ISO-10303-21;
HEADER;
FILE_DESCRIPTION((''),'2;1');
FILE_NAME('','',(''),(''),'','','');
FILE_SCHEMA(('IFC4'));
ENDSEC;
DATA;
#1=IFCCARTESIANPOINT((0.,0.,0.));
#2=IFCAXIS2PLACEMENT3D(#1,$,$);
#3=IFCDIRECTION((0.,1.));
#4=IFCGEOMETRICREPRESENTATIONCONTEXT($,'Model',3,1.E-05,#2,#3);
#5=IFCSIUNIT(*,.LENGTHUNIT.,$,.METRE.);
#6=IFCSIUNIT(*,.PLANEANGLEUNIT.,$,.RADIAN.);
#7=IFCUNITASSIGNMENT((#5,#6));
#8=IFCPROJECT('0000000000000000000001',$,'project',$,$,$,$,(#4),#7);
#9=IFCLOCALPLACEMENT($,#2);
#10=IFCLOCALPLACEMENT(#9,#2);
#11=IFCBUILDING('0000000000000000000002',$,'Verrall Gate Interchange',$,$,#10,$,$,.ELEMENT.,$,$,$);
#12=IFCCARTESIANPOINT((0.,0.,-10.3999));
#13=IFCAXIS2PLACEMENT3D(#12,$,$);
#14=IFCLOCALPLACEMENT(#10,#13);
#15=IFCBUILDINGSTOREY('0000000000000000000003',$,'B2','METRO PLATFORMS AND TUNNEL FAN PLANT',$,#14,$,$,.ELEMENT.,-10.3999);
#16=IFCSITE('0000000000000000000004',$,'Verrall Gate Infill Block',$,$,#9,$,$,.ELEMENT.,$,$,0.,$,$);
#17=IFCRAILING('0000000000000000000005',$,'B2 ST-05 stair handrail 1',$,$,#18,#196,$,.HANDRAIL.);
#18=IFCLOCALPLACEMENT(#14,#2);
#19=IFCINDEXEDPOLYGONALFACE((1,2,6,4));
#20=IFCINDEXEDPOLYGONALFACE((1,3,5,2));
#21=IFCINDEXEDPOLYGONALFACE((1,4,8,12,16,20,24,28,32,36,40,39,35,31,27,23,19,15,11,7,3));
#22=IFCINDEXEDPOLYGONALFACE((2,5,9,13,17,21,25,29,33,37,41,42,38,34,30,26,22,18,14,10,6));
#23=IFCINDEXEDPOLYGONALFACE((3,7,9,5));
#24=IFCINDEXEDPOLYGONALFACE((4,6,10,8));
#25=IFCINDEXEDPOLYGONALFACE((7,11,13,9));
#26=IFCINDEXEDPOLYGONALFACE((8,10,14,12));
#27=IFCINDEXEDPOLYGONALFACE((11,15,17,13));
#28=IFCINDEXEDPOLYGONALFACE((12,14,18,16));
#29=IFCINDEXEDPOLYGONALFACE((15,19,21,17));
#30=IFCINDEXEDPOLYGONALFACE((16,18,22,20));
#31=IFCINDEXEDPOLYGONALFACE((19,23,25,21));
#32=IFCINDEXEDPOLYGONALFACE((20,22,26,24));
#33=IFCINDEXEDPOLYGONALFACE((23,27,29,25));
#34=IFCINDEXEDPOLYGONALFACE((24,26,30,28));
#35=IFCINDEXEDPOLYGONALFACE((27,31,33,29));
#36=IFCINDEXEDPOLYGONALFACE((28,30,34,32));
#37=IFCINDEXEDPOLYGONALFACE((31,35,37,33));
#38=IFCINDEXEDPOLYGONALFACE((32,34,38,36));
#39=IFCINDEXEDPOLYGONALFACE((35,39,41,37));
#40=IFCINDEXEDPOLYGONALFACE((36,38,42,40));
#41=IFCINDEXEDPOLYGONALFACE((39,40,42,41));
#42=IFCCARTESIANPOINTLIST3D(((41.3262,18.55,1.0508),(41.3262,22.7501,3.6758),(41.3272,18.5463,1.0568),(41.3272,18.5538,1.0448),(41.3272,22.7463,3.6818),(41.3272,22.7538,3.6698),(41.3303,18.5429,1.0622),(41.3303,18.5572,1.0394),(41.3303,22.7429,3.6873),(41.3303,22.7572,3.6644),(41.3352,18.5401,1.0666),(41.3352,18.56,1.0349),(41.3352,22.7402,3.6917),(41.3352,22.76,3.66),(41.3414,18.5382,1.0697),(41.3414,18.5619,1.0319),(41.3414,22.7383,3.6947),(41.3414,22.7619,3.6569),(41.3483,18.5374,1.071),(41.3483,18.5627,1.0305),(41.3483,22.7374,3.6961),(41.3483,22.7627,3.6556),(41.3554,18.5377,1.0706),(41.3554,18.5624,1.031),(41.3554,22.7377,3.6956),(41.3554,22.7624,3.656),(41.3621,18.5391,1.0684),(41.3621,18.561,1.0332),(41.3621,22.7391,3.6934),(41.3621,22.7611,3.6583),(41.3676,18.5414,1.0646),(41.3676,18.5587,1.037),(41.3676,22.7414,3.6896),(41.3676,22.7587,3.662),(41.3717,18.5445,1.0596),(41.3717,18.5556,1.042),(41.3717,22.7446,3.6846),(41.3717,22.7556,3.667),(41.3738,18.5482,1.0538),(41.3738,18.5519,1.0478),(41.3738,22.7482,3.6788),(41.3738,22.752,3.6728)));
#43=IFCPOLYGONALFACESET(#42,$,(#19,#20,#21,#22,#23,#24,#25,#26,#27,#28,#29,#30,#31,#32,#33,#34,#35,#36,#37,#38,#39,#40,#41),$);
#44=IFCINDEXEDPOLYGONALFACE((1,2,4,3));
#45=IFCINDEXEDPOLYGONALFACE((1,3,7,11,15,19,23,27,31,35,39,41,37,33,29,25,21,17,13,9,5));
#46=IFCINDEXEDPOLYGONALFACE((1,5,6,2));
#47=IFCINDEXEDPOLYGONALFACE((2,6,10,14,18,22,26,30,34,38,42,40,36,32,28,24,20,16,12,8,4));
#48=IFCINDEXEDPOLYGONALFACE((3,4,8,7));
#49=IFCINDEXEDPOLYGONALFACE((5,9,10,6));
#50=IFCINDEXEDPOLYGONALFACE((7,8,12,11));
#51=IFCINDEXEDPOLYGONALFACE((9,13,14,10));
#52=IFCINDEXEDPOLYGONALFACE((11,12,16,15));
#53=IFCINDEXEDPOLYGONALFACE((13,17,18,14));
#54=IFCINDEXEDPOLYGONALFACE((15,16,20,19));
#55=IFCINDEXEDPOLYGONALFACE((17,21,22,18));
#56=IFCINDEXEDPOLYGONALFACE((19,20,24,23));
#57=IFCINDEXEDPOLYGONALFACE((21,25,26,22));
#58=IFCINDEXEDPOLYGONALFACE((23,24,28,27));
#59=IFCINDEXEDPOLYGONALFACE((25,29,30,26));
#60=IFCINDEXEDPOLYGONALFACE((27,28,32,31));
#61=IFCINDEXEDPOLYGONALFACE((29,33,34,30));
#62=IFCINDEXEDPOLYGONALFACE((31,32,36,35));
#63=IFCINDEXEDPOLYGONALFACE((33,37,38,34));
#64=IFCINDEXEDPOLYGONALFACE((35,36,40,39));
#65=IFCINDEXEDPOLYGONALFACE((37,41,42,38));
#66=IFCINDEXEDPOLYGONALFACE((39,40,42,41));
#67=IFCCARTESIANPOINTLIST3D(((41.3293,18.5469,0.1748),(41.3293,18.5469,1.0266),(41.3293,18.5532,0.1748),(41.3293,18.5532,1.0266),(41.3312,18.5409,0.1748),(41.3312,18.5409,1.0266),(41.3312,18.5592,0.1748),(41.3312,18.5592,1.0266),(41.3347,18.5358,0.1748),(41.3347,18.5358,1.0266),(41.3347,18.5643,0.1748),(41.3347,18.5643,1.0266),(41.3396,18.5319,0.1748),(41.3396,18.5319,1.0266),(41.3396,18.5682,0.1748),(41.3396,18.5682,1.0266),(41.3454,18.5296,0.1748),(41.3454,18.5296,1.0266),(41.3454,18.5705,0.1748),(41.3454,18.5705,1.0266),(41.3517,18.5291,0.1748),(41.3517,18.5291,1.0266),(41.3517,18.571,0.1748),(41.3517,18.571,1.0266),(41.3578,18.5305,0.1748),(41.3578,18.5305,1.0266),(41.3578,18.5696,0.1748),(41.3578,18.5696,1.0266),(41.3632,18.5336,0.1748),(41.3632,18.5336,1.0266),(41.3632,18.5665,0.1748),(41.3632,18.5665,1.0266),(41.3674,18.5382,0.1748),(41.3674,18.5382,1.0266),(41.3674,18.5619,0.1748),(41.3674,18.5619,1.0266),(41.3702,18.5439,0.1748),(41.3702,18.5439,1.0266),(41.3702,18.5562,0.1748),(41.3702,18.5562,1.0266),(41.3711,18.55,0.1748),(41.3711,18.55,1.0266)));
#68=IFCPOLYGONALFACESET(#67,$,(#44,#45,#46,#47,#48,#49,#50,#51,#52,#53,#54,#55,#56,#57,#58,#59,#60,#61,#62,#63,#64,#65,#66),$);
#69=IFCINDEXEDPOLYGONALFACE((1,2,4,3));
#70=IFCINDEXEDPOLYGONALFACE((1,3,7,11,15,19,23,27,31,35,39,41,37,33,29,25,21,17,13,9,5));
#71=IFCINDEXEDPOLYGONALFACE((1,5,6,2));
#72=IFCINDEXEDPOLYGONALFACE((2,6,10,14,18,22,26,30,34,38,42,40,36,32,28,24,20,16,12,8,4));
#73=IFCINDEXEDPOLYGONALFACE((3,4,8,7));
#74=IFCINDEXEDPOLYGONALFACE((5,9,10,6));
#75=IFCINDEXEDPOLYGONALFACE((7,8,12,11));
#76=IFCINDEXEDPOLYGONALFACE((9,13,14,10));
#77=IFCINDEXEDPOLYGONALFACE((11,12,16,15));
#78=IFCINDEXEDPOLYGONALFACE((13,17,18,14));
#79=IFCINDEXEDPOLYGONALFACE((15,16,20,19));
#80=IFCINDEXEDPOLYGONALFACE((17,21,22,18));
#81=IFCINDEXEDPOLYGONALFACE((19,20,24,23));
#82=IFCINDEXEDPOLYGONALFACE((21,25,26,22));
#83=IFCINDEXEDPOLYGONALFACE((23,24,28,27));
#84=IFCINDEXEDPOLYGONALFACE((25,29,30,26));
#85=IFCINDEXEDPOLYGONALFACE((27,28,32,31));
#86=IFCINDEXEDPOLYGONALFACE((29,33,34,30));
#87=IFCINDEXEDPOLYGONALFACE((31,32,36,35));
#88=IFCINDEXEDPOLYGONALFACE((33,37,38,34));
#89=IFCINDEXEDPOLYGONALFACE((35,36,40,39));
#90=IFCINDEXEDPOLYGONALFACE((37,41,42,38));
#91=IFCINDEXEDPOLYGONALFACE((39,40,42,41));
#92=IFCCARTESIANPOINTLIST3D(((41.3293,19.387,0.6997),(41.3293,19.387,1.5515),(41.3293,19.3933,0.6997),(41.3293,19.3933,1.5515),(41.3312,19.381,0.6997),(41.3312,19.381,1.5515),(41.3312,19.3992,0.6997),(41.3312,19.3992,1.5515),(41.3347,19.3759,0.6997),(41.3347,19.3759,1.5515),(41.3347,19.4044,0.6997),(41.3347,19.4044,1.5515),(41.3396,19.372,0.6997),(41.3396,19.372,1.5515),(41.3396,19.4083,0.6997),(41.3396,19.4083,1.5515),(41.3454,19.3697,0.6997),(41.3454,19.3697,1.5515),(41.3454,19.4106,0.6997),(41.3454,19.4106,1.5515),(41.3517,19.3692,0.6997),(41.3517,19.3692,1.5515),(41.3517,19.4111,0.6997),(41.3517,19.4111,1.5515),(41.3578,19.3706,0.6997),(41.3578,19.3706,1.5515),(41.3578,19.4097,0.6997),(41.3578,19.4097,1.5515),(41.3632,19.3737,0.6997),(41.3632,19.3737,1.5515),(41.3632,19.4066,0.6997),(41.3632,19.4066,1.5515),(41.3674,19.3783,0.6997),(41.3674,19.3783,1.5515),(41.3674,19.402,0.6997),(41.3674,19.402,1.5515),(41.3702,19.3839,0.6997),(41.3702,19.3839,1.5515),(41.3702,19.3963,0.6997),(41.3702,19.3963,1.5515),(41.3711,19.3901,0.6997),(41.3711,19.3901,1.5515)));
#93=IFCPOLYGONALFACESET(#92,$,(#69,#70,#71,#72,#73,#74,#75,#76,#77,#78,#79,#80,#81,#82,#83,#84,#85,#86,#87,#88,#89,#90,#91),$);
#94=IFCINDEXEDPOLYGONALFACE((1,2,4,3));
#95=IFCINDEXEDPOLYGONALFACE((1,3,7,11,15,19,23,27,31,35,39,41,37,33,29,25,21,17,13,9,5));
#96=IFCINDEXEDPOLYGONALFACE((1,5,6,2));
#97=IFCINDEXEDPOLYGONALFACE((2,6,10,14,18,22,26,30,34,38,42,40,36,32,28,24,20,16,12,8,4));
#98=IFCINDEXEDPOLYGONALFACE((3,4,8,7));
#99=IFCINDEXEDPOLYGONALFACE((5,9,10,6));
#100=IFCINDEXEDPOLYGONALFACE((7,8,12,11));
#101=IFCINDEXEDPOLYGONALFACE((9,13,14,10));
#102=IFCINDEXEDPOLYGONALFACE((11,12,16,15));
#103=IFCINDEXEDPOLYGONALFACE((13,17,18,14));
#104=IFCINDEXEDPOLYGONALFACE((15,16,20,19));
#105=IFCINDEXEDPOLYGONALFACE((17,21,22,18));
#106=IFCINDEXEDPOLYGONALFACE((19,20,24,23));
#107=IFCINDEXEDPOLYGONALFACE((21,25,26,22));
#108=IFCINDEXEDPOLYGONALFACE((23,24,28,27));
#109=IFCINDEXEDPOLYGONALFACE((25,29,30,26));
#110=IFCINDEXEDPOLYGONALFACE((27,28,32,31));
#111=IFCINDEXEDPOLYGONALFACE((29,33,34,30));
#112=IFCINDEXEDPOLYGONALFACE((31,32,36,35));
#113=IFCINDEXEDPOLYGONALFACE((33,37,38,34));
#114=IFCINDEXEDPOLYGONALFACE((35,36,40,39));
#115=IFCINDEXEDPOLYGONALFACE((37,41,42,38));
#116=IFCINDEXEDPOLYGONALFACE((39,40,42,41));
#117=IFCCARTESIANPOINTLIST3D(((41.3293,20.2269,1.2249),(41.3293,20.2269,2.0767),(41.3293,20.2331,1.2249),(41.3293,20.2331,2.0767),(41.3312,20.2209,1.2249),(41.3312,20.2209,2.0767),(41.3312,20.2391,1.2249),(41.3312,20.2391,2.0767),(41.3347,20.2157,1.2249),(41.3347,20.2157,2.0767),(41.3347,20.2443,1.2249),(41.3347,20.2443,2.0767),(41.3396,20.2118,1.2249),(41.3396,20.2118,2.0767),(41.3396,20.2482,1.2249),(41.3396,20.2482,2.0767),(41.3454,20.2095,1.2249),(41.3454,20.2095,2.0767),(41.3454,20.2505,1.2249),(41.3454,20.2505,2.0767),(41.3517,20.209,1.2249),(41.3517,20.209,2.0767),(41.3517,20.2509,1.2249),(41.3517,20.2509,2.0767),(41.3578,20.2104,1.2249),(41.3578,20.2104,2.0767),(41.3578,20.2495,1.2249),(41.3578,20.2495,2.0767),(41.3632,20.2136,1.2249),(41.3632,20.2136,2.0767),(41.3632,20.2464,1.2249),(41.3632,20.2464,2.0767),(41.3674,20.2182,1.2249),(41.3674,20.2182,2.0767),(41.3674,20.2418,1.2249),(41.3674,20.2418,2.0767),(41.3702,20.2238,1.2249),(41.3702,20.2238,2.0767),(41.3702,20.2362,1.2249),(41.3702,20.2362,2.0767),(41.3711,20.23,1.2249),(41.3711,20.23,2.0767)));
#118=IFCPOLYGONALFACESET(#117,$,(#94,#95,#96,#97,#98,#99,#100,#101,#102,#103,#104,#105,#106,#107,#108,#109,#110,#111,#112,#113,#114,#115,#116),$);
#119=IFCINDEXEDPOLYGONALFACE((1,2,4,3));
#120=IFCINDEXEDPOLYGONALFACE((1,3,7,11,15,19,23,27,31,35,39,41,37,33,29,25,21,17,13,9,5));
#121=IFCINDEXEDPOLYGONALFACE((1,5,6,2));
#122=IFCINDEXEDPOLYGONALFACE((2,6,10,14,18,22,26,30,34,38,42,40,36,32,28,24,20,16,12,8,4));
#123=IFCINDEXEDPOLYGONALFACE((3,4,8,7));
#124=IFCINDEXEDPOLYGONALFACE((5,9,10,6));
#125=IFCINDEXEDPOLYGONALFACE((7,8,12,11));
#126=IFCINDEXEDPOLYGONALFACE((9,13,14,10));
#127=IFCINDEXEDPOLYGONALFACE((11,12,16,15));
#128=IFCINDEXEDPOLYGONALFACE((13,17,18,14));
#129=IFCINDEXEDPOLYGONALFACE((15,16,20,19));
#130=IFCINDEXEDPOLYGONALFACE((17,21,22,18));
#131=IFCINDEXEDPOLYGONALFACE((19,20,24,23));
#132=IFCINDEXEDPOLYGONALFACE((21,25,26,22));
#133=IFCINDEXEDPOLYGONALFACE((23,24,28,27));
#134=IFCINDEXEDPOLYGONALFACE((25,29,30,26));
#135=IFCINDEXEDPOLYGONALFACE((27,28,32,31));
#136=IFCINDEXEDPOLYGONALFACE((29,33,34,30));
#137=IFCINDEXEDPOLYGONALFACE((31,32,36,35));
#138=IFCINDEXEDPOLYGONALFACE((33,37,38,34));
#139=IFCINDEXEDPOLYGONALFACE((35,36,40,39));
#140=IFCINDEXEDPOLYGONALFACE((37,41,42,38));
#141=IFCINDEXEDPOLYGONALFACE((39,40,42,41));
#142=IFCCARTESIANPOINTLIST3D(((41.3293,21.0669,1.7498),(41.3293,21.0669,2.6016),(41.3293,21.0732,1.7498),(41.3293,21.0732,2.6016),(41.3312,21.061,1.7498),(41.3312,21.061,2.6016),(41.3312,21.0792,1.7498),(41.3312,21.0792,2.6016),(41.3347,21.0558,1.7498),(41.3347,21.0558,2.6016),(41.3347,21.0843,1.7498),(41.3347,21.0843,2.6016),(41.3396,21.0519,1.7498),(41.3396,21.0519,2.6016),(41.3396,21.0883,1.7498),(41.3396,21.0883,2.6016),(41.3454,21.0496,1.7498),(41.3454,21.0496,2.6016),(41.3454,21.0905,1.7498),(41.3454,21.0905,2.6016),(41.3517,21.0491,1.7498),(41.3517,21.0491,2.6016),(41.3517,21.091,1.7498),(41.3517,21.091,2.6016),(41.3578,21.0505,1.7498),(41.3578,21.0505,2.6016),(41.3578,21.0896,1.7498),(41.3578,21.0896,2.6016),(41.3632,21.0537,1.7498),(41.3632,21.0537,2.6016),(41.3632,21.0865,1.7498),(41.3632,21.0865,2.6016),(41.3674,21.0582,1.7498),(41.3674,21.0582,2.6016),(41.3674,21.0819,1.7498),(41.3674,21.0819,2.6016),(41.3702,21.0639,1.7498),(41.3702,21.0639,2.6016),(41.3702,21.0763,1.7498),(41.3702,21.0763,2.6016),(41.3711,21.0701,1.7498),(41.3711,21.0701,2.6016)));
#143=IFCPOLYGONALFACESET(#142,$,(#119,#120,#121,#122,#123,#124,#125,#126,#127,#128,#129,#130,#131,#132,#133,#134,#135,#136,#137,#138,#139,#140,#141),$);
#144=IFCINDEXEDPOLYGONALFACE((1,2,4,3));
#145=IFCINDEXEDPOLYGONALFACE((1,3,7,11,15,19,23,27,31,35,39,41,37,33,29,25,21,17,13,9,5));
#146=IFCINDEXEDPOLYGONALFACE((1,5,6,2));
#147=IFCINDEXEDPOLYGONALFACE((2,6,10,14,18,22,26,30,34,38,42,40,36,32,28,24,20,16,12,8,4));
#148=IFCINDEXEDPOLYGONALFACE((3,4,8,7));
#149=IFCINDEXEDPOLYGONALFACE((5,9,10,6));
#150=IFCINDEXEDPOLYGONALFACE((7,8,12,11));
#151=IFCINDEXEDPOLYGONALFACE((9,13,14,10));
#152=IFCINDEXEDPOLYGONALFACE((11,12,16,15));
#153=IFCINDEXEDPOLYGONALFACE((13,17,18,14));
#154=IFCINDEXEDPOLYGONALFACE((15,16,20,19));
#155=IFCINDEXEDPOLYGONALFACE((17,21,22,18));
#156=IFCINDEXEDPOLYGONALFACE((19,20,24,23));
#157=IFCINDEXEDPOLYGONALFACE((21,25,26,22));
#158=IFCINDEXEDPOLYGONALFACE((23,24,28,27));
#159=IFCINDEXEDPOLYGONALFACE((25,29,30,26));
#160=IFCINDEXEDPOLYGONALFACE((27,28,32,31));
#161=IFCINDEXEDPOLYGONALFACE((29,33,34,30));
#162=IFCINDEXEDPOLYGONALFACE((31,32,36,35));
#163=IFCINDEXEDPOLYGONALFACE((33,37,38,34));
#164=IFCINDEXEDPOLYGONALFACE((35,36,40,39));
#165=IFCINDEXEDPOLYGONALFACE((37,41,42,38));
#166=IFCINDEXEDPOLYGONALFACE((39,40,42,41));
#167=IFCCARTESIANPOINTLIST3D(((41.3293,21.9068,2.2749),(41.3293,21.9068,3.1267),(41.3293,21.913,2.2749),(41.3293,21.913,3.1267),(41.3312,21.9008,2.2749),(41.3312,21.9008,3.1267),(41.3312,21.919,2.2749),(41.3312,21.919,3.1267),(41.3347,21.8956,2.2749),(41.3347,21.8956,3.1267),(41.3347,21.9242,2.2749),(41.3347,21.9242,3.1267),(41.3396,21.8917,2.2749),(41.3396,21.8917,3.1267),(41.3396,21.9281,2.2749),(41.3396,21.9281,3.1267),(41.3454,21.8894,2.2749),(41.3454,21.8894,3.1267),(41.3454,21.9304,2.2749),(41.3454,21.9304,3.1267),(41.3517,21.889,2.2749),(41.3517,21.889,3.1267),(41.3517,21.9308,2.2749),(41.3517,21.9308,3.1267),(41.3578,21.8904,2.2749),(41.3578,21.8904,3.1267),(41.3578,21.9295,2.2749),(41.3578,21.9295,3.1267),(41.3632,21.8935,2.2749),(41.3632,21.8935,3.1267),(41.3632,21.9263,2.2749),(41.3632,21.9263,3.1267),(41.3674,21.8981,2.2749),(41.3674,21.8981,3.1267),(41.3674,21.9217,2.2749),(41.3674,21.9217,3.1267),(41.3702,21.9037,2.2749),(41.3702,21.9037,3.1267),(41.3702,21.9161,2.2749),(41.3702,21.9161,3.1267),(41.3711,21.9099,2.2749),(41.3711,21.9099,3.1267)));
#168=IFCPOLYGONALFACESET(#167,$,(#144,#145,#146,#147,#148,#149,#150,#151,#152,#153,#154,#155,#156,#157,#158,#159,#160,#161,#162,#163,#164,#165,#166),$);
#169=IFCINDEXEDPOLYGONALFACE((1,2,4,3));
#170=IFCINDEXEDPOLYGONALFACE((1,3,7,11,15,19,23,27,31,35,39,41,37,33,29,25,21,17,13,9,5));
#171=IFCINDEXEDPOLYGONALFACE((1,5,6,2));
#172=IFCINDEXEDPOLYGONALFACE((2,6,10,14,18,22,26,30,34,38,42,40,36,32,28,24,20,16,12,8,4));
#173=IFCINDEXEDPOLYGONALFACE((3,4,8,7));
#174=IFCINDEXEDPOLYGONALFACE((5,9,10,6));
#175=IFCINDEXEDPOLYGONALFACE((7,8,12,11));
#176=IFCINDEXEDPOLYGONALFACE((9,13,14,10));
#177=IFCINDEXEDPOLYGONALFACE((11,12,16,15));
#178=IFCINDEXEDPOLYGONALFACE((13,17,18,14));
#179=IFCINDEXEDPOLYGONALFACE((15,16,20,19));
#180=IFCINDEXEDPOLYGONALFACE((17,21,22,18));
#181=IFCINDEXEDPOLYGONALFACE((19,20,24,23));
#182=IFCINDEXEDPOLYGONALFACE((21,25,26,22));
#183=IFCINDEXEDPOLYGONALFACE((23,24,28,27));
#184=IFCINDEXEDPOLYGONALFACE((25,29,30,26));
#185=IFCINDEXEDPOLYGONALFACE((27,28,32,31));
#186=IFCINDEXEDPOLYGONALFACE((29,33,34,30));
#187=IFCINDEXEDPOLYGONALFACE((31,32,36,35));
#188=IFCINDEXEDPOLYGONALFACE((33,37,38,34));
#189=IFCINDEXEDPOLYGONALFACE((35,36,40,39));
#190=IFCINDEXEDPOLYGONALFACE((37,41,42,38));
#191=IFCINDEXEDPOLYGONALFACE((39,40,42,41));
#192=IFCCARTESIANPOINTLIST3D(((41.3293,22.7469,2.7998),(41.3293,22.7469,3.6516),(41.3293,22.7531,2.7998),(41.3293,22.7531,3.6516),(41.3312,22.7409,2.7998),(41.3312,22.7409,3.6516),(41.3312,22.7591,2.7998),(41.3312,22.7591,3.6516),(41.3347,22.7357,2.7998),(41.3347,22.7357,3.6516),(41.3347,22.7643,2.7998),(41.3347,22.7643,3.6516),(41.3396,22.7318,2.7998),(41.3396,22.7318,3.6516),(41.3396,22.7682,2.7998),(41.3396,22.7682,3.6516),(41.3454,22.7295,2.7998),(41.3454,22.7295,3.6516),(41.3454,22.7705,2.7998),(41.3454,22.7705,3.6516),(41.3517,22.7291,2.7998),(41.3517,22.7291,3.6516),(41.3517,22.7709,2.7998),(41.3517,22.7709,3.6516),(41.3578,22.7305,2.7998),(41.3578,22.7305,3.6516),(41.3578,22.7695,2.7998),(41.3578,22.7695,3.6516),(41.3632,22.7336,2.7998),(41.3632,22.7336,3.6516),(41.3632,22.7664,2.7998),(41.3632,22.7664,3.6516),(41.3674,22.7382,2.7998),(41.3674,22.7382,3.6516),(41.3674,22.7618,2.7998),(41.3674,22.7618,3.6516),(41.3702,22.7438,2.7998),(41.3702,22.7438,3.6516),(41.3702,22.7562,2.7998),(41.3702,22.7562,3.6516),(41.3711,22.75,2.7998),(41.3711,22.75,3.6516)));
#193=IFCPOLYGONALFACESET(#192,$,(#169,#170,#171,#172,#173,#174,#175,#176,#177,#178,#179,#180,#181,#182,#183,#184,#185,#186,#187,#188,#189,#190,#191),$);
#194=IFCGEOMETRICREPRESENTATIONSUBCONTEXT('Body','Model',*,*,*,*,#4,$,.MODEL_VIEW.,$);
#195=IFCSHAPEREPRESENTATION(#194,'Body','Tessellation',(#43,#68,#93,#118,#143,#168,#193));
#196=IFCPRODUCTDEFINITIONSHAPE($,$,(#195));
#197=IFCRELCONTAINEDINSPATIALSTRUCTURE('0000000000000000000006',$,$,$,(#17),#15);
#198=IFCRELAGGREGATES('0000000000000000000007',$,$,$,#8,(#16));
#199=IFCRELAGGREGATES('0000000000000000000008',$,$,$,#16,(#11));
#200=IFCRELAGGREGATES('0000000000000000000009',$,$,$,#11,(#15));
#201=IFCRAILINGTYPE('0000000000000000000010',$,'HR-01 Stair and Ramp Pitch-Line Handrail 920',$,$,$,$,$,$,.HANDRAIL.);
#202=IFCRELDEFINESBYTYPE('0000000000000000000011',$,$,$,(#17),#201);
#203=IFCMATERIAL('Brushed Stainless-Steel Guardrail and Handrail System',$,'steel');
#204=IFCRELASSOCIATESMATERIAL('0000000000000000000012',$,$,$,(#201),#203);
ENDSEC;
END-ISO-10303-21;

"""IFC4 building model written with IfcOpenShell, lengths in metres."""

from ifc_helpers import new_model, si_unit, direction, frame, origin, origin_2d, place, context, subcontext, project, spatial, circle, extrude, material, type_object, element, save


model = new_model("IFC4")

# Units and contexts
model_context = context("Model", 3, precision=1e-05, world=origin(), true_north=direction((0.0, 1.0)))
body_context = subcontext(model_context, "Body", "Model", "MODEL_VIEW")
ifc_project = project(units=[si_unit("LENGTHUNIT", "METRE"), si_unit("PLANEANGLEUNIT", "RADIAN")], contexts=[model_context])

# Site, building, storey
site_placement = place(None, origin())
site = spatial("IfcSite", under=ifc_project, at=site_placement, Name="Verrall Gate Infill Block", CompositionType="ELEMENT", RefElevation=0.0)
building_placement = place(site_placement, origin())
building = spatial("IfcBuilding", under=site, at=building_placement, Name="Verrall Gate Interchange", CompositionType="ELEMENT")
storey_placement = place(building_placement, frame((0.0, 0.0, -10.3999)))
storey = spatial("IfcBuildingStorey", under=building, at=storey_placement, Name="B2", Description="METRO PLATFORMS AND TUNNEL FAN PLANT", CompositionType="ELEMENT", Elevation=-10.3999)

# Railing
ifc_material_1 = material(Name="Brushed Stainless-Steel Guardrail and Handrail System", Category="steel")
railing_type_1 = type_object("IfcRailingType", Name="HR-01 Stair and Ramp Pitch-Line Handrail 920", PredefinedType="HANDRAIL", material=ifc_material_1)
railing_1_placement = place(storey_placement, frame((41.3501, 18.55, 0.1748)))
element("IfcRailing", 1, at=railing_1_placement, inside=storey, type_object=railing_type_1, Name="B2 ST-05 stair handrail 1", PredefinedType="HANDRAIL", context=body_context, shape_type="SweptSolid", body=[
    extrude(circle(Radius=0.0239, at=origin_2d()), frame((0.0, 0.0, 0.876), z_axis=(0.0, 0.847996, 0.530003), x_axis=(-1.0, 0.0, 0.0)), (0.0, 0.0, 1.0), 4.9529),
    extrude(circle(Radius=0.021, at=origin_2d()), origin(), (0.0, 0.0, 1.0), 0.8518),
    extrude(circle(Radius=0.021, at=origin_2d()), frame((0.0, 0.8401, 0.5249)), (0.0, 0.0, 1.0), 0.8518),
    extrude(circle(Radius=0.021, at=origin_2d()), frame((0.0, 1.6799, 1.05)), (0.0, 0.0, 1.0), 0.8518),
    extrude(circle(Radius=0.021, at=origin_2d()), frame((0.0, 2.52, 1.575)), (0.0, 0.0, 1.0), 0.8518),
    extrude(circle(Radius=0.021, at=origin_2d()), frame((0.0, 3.3599, 2.1001)), (0.0, 0.0, 1.0), 0.8518),
    extrude(circle(Radius=0.021, at=origin_2d()), frame((0.0, 4.2, 2.625)), (0.0, 0.0, 1.0), 0.8518),
])

save(model, "model.ifc")
